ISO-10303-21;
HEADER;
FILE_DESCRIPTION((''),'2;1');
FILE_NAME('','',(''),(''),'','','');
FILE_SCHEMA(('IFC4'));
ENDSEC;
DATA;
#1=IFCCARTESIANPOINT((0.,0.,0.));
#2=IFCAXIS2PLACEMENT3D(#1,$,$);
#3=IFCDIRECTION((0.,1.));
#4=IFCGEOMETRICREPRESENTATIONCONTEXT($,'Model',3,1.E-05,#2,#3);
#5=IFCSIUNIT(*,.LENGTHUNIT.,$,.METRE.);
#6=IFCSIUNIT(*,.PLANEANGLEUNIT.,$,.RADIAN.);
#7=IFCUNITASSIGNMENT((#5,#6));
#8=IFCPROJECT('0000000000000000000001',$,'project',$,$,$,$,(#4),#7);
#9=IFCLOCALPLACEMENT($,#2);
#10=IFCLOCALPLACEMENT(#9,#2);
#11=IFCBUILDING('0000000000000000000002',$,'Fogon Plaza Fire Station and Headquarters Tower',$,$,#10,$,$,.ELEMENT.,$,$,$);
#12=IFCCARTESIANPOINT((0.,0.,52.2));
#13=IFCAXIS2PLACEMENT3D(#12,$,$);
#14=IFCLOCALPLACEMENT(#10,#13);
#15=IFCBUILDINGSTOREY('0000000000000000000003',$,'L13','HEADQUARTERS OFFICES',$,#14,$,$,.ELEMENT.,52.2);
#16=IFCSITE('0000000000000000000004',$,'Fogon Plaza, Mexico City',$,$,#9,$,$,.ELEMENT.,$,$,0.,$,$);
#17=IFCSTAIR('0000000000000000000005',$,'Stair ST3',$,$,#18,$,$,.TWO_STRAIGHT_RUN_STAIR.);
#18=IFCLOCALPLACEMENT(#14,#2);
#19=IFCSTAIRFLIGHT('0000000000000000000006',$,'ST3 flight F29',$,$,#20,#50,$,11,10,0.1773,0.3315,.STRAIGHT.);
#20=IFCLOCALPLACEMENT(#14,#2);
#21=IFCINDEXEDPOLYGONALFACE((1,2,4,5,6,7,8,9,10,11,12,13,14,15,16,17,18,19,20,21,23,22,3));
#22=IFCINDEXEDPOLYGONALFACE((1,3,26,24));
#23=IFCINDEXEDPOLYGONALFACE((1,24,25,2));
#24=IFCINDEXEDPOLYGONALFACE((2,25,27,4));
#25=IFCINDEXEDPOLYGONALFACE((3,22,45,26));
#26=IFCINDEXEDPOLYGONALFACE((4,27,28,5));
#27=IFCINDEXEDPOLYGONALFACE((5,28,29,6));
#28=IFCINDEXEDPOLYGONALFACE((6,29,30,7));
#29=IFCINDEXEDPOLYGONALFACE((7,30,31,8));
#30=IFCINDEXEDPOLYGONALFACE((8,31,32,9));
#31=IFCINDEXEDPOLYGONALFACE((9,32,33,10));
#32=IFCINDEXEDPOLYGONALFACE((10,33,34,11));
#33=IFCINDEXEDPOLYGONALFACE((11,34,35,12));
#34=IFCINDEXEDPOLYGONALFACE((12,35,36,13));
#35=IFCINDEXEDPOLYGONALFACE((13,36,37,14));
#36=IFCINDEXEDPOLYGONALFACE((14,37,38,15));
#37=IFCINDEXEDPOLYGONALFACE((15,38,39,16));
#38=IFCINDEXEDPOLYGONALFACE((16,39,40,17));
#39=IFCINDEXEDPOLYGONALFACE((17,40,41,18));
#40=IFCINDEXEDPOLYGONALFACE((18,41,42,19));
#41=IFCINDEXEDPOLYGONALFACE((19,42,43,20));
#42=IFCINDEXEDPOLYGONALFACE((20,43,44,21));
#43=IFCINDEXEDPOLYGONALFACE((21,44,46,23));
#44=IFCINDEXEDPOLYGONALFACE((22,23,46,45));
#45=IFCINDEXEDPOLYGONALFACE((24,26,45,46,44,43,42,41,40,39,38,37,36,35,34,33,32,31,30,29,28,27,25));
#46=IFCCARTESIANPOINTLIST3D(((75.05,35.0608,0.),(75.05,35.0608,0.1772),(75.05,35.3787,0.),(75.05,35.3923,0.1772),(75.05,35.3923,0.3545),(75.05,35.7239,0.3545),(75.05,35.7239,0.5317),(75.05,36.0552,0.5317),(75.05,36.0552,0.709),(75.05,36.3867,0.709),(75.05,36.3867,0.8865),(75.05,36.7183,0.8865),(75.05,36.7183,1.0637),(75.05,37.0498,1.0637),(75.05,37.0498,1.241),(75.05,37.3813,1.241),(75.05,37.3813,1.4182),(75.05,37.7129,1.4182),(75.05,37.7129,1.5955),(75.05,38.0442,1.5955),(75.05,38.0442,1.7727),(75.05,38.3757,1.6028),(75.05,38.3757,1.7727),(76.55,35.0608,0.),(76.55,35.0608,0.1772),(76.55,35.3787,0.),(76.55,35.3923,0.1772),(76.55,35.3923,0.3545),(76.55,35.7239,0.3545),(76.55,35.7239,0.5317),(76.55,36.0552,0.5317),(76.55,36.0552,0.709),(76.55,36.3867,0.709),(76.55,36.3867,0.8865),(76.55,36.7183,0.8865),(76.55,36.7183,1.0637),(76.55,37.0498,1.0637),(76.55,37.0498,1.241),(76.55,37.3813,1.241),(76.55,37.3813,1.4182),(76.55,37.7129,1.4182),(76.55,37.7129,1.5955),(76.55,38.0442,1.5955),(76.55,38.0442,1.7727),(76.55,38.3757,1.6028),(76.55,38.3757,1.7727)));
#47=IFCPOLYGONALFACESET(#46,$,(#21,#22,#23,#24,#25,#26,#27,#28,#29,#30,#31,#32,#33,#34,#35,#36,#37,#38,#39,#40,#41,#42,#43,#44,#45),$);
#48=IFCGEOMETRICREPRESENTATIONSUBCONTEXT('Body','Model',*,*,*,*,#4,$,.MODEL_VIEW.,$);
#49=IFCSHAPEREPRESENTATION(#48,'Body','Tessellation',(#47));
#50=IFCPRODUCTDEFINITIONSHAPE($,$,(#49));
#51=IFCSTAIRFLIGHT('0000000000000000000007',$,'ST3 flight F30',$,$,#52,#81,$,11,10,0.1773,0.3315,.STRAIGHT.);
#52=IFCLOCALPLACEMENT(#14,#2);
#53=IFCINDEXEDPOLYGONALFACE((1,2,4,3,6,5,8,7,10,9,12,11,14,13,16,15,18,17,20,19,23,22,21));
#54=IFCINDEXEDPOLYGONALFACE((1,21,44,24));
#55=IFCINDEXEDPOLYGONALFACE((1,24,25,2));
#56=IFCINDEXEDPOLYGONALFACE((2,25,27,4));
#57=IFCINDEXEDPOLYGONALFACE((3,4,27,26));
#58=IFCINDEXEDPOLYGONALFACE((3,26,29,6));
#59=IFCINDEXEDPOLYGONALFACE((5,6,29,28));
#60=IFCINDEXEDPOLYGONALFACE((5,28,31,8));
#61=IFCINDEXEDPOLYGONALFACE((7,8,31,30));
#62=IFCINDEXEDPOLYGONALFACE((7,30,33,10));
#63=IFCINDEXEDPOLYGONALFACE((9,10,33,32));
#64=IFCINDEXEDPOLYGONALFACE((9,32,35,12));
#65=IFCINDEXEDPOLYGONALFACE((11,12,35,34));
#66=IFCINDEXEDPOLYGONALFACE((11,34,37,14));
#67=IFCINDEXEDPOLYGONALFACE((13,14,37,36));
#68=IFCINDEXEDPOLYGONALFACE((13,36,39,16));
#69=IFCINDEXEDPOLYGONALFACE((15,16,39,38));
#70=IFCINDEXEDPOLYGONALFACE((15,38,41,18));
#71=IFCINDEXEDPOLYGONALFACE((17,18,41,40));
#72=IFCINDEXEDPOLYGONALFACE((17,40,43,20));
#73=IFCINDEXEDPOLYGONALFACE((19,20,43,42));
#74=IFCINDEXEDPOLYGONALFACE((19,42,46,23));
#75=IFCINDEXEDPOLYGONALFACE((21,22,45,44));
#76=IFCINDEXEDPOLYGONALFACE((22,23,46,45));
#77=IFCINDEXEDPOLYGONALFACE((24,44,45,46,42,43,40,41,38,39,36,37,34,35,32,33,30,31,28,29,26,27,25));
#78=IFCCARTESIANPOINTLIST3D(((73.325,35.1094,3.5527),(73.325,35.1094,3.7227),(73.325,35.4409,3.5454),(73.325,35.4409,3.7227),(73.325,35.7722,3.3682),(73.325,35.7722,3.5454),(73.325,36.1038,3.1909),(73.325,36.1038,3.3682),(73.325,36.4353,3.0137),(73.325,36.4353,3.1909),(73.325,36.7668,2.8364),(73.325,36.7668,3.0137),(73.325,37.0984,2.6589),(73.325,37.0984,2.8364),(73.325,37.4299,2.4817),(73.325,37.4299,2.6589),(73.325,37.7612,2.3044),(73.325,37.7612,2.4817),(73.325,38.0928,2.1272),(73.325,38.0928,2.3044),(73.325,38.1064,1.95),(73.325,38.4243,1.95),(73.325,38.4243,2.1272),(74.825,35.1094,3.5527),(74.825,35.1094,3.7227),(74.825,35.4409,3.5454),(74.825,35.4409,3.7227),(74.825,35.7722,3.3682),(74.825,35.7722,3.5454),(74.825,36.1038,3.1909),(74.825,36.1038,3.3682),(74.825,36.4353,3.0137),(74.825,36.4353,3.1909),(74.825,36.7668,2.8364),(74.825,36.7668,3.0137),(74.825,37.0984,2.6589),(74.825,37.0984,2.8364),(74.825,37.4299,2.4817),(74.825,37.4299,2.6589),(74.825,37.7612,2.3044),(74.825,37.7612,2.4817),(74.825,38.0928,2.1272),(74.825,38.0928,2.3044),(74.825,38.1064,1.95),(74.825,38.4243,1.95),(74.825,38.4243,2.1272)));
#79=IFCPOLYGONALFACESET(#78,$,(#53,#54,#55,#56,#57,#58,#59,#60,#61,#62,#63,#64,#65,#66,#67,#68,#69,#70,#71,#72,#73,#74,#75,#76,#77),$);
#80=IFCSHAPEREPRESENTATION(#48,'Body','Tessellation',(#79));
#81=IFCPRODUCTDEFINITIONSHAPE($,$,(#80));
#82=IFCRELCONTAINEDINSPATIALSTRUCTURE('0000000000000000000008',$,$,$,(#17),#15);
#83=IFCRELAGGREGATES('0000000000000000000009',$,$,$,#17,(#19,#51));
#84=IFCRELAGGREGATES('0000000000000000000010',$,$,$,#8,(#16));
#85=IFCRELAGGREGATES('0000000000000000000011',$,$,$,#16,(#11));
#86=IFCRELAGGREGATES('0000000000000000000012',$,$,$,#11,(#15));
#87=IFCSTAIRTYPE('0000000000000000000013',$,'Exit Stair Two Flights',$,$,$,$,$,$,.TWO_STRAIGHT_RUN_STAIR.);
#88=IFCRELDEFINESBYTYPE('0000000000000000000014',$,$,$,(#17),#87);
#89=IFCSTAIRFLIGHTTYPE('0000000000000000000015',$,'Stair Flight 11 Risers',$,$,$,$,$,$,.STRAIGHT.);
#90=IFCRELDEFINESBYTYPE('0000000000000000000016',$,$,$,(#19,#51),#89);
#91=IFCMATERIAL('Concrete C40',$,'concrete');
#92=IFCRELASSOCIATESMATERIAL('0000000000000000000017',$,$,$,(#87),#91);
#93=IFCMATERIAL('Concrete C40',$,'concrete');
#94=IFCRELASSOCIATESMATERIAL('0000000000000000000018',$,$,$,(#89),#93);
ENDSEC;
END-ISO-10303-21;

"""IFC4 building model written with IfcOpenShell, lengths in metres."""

from ifc_helpers import new_model, si_unit, direction, frame, origin, place, context, subcontext, project, spatial, polyline, outline, extrude, material, type_object, element, aggregate, save


model = new_model("IFC4")

# Units and contexts
model_context = context("Model", 3, precision=1e-05, world=origin(), true_north=direction((0.0, 1.0)))
body_context = subcontext(model_context, "Body", "Model", "MODEL_VIEW")
ifc_project = project(units=[si_unit("LENGTHUNIT", "METRE"), si_unit("PLANEANGLEUNIT", "RADIAN")], contexts=[model_context])

# Site, building, storey
site_placement = place(None, origin())
site = spatial("IfcSite", under=ifc_project, at=site_placement, Name="Fogon Plaza, Mexico City", CompositionType="ELEMENT", RefElevation=0.0)
building_placement = place(site_placement, origin())
building = spatial("IfcBuilding", under=site, at=building_placement, Name="Fogon Plaza Fire Station and Headquarters Tower", CompositionType="ELEMENT")
storey_placement = place(building_placement, frame((0.0, 0.0, 52.2)))
storey = spatial("IfcBuildingStorey", under=building, at=storey_placement, Name="L13", Description="HEADQUARTERS OFFICES", CompositionType="ELEMENT", Elevation=52.2)

# Stair, stair flights
ifc_material_1 = material(Name="Concrete C40", Category="concrete")
stair_type = type_object("IfcStairType", Name="Exit Stair Two Flights", PredefinedType="TWO_STRAIGHT_RUN_STAIR", material=ifc_material_1)
stair_placement = place(storey_placement, origin())
stair = element("IfcStair", 1, at=stair_placement, inside=storey, type_object=stair_type, Name="Stair ST3", PredefinedType="TWO_STRAIGHT_RUN_STAIR")
ifc_material_2 = material(Name="Concrete C40", Category="concrete")
stair_flight_type = type_object("IfcStairFlightType", Name="Stair Flight 11 Risers", PredefinedType="STRAIGHT", material=ifc_material_2)
stair_flight_1_placement = place(storey_placement, frame((75.8, 35.0608, 0.0), z_axis=(0.0, 0.0, 1.0), x_axis=(0.0, 1.0, 0.0)))
stair_flight_1 = element("IfcStairFlight", 2, at=stair_flight_1_placement, type_object=stair_flight_type, Name="ST3 flight F29", NumberOfRisers=11, NumberOfTreads=10, PredefinedType="STRAIGHT", RiserHeight=0.1773, TreadLength=0.3315, context=body_context, shape_type="SweptSolid", body=[
    extrude(outline(polyline([(0.0, 0.0), (0.0, 0.1772), (0.3315, 0.1772), (0.3315, 0.3545), (0.6631, 0.3545), (0.6631, 0.5317), (0.9944, 0.5317), (0.9944, 0.709), (1.3259, 0.709), (1.3259, 0.8865), (1.6575, 0.8865), (1.6575, 1.0637), (1.989, 1.0637), (1.989, 1.241), (2.3206, 1.241), (2.3206, 1.4182), (2.6521, 1.4182), (2.6521, 1.5955), (2.9834, 1.5955), (2.9834, 1.7727), (3.3149, 1.7727), (3.3149, 1.95), (3.3149, 1.6028), (0.3179, 0.0), (0.0, 0.0)])), frame((0.0, 0.75, 0.0), z_axis=(0.0, -1.0, 0.0), x_axis=(1.0, 0.0, 0.0)), (0.0, 0.0, 1.0), 1.5),
])
stair_flight_2_placement = place(storey_placement, frame((74.075, 38.4243, 1.95), z_axis=(0.0, 0.0, 1.0), x_axis=(0.0, -1.0, 0.0)))
stair_flight_2 = element("IfcStairFlight", 3, at=stair_flight_2_placement, type_object=stair_flight_type, Name="ST3 flight F30", NumberOfRisers=11, NumberOfTreads=10, PredefinedType="STRAIGHT", RiserHeight=0.1773, TreadLength=0.3315, context=body_context, shape_type="SweptSolid", body=[
    extrude(outline(polyline([(0.0, 0.0), (0.0, 0.1772), (0.3315, 0.1772), (0.3315, 0.3545), (0.6631, 0.3545), (0.6631, 0.5317), (0.9944, 0.5317), (0.9944, 0.709), (1.3259, 0.709), (1.3259, 0.8865), (1.6575, 0.8865), (1.6575, 1.0637), (1.989, 1.0637), (1.989, 1.241), (2.3206, 1.241), (2.3206, 1.4182), (2.6521, 1.4182), (2.6521, 1.5955), (2.9834, 1.5955), (2.9834, 1.7727), (3.3149, 1.7727), (3.3149, 1.95), (3.3149, 1.6028), (0.3179, 0.0), (0.0, 0.0)])), frame((0.0, 0.75, 0.0), z_axis=(0.0, -1.0, 0.0), x_axis=(1.0, 0.0, 0.0)), (0.0, 0.0, 1.0), 1.5),
])
aggregate(stair, [stair_flight_1, stair_flight_2])

save(model, "model.ifc")
